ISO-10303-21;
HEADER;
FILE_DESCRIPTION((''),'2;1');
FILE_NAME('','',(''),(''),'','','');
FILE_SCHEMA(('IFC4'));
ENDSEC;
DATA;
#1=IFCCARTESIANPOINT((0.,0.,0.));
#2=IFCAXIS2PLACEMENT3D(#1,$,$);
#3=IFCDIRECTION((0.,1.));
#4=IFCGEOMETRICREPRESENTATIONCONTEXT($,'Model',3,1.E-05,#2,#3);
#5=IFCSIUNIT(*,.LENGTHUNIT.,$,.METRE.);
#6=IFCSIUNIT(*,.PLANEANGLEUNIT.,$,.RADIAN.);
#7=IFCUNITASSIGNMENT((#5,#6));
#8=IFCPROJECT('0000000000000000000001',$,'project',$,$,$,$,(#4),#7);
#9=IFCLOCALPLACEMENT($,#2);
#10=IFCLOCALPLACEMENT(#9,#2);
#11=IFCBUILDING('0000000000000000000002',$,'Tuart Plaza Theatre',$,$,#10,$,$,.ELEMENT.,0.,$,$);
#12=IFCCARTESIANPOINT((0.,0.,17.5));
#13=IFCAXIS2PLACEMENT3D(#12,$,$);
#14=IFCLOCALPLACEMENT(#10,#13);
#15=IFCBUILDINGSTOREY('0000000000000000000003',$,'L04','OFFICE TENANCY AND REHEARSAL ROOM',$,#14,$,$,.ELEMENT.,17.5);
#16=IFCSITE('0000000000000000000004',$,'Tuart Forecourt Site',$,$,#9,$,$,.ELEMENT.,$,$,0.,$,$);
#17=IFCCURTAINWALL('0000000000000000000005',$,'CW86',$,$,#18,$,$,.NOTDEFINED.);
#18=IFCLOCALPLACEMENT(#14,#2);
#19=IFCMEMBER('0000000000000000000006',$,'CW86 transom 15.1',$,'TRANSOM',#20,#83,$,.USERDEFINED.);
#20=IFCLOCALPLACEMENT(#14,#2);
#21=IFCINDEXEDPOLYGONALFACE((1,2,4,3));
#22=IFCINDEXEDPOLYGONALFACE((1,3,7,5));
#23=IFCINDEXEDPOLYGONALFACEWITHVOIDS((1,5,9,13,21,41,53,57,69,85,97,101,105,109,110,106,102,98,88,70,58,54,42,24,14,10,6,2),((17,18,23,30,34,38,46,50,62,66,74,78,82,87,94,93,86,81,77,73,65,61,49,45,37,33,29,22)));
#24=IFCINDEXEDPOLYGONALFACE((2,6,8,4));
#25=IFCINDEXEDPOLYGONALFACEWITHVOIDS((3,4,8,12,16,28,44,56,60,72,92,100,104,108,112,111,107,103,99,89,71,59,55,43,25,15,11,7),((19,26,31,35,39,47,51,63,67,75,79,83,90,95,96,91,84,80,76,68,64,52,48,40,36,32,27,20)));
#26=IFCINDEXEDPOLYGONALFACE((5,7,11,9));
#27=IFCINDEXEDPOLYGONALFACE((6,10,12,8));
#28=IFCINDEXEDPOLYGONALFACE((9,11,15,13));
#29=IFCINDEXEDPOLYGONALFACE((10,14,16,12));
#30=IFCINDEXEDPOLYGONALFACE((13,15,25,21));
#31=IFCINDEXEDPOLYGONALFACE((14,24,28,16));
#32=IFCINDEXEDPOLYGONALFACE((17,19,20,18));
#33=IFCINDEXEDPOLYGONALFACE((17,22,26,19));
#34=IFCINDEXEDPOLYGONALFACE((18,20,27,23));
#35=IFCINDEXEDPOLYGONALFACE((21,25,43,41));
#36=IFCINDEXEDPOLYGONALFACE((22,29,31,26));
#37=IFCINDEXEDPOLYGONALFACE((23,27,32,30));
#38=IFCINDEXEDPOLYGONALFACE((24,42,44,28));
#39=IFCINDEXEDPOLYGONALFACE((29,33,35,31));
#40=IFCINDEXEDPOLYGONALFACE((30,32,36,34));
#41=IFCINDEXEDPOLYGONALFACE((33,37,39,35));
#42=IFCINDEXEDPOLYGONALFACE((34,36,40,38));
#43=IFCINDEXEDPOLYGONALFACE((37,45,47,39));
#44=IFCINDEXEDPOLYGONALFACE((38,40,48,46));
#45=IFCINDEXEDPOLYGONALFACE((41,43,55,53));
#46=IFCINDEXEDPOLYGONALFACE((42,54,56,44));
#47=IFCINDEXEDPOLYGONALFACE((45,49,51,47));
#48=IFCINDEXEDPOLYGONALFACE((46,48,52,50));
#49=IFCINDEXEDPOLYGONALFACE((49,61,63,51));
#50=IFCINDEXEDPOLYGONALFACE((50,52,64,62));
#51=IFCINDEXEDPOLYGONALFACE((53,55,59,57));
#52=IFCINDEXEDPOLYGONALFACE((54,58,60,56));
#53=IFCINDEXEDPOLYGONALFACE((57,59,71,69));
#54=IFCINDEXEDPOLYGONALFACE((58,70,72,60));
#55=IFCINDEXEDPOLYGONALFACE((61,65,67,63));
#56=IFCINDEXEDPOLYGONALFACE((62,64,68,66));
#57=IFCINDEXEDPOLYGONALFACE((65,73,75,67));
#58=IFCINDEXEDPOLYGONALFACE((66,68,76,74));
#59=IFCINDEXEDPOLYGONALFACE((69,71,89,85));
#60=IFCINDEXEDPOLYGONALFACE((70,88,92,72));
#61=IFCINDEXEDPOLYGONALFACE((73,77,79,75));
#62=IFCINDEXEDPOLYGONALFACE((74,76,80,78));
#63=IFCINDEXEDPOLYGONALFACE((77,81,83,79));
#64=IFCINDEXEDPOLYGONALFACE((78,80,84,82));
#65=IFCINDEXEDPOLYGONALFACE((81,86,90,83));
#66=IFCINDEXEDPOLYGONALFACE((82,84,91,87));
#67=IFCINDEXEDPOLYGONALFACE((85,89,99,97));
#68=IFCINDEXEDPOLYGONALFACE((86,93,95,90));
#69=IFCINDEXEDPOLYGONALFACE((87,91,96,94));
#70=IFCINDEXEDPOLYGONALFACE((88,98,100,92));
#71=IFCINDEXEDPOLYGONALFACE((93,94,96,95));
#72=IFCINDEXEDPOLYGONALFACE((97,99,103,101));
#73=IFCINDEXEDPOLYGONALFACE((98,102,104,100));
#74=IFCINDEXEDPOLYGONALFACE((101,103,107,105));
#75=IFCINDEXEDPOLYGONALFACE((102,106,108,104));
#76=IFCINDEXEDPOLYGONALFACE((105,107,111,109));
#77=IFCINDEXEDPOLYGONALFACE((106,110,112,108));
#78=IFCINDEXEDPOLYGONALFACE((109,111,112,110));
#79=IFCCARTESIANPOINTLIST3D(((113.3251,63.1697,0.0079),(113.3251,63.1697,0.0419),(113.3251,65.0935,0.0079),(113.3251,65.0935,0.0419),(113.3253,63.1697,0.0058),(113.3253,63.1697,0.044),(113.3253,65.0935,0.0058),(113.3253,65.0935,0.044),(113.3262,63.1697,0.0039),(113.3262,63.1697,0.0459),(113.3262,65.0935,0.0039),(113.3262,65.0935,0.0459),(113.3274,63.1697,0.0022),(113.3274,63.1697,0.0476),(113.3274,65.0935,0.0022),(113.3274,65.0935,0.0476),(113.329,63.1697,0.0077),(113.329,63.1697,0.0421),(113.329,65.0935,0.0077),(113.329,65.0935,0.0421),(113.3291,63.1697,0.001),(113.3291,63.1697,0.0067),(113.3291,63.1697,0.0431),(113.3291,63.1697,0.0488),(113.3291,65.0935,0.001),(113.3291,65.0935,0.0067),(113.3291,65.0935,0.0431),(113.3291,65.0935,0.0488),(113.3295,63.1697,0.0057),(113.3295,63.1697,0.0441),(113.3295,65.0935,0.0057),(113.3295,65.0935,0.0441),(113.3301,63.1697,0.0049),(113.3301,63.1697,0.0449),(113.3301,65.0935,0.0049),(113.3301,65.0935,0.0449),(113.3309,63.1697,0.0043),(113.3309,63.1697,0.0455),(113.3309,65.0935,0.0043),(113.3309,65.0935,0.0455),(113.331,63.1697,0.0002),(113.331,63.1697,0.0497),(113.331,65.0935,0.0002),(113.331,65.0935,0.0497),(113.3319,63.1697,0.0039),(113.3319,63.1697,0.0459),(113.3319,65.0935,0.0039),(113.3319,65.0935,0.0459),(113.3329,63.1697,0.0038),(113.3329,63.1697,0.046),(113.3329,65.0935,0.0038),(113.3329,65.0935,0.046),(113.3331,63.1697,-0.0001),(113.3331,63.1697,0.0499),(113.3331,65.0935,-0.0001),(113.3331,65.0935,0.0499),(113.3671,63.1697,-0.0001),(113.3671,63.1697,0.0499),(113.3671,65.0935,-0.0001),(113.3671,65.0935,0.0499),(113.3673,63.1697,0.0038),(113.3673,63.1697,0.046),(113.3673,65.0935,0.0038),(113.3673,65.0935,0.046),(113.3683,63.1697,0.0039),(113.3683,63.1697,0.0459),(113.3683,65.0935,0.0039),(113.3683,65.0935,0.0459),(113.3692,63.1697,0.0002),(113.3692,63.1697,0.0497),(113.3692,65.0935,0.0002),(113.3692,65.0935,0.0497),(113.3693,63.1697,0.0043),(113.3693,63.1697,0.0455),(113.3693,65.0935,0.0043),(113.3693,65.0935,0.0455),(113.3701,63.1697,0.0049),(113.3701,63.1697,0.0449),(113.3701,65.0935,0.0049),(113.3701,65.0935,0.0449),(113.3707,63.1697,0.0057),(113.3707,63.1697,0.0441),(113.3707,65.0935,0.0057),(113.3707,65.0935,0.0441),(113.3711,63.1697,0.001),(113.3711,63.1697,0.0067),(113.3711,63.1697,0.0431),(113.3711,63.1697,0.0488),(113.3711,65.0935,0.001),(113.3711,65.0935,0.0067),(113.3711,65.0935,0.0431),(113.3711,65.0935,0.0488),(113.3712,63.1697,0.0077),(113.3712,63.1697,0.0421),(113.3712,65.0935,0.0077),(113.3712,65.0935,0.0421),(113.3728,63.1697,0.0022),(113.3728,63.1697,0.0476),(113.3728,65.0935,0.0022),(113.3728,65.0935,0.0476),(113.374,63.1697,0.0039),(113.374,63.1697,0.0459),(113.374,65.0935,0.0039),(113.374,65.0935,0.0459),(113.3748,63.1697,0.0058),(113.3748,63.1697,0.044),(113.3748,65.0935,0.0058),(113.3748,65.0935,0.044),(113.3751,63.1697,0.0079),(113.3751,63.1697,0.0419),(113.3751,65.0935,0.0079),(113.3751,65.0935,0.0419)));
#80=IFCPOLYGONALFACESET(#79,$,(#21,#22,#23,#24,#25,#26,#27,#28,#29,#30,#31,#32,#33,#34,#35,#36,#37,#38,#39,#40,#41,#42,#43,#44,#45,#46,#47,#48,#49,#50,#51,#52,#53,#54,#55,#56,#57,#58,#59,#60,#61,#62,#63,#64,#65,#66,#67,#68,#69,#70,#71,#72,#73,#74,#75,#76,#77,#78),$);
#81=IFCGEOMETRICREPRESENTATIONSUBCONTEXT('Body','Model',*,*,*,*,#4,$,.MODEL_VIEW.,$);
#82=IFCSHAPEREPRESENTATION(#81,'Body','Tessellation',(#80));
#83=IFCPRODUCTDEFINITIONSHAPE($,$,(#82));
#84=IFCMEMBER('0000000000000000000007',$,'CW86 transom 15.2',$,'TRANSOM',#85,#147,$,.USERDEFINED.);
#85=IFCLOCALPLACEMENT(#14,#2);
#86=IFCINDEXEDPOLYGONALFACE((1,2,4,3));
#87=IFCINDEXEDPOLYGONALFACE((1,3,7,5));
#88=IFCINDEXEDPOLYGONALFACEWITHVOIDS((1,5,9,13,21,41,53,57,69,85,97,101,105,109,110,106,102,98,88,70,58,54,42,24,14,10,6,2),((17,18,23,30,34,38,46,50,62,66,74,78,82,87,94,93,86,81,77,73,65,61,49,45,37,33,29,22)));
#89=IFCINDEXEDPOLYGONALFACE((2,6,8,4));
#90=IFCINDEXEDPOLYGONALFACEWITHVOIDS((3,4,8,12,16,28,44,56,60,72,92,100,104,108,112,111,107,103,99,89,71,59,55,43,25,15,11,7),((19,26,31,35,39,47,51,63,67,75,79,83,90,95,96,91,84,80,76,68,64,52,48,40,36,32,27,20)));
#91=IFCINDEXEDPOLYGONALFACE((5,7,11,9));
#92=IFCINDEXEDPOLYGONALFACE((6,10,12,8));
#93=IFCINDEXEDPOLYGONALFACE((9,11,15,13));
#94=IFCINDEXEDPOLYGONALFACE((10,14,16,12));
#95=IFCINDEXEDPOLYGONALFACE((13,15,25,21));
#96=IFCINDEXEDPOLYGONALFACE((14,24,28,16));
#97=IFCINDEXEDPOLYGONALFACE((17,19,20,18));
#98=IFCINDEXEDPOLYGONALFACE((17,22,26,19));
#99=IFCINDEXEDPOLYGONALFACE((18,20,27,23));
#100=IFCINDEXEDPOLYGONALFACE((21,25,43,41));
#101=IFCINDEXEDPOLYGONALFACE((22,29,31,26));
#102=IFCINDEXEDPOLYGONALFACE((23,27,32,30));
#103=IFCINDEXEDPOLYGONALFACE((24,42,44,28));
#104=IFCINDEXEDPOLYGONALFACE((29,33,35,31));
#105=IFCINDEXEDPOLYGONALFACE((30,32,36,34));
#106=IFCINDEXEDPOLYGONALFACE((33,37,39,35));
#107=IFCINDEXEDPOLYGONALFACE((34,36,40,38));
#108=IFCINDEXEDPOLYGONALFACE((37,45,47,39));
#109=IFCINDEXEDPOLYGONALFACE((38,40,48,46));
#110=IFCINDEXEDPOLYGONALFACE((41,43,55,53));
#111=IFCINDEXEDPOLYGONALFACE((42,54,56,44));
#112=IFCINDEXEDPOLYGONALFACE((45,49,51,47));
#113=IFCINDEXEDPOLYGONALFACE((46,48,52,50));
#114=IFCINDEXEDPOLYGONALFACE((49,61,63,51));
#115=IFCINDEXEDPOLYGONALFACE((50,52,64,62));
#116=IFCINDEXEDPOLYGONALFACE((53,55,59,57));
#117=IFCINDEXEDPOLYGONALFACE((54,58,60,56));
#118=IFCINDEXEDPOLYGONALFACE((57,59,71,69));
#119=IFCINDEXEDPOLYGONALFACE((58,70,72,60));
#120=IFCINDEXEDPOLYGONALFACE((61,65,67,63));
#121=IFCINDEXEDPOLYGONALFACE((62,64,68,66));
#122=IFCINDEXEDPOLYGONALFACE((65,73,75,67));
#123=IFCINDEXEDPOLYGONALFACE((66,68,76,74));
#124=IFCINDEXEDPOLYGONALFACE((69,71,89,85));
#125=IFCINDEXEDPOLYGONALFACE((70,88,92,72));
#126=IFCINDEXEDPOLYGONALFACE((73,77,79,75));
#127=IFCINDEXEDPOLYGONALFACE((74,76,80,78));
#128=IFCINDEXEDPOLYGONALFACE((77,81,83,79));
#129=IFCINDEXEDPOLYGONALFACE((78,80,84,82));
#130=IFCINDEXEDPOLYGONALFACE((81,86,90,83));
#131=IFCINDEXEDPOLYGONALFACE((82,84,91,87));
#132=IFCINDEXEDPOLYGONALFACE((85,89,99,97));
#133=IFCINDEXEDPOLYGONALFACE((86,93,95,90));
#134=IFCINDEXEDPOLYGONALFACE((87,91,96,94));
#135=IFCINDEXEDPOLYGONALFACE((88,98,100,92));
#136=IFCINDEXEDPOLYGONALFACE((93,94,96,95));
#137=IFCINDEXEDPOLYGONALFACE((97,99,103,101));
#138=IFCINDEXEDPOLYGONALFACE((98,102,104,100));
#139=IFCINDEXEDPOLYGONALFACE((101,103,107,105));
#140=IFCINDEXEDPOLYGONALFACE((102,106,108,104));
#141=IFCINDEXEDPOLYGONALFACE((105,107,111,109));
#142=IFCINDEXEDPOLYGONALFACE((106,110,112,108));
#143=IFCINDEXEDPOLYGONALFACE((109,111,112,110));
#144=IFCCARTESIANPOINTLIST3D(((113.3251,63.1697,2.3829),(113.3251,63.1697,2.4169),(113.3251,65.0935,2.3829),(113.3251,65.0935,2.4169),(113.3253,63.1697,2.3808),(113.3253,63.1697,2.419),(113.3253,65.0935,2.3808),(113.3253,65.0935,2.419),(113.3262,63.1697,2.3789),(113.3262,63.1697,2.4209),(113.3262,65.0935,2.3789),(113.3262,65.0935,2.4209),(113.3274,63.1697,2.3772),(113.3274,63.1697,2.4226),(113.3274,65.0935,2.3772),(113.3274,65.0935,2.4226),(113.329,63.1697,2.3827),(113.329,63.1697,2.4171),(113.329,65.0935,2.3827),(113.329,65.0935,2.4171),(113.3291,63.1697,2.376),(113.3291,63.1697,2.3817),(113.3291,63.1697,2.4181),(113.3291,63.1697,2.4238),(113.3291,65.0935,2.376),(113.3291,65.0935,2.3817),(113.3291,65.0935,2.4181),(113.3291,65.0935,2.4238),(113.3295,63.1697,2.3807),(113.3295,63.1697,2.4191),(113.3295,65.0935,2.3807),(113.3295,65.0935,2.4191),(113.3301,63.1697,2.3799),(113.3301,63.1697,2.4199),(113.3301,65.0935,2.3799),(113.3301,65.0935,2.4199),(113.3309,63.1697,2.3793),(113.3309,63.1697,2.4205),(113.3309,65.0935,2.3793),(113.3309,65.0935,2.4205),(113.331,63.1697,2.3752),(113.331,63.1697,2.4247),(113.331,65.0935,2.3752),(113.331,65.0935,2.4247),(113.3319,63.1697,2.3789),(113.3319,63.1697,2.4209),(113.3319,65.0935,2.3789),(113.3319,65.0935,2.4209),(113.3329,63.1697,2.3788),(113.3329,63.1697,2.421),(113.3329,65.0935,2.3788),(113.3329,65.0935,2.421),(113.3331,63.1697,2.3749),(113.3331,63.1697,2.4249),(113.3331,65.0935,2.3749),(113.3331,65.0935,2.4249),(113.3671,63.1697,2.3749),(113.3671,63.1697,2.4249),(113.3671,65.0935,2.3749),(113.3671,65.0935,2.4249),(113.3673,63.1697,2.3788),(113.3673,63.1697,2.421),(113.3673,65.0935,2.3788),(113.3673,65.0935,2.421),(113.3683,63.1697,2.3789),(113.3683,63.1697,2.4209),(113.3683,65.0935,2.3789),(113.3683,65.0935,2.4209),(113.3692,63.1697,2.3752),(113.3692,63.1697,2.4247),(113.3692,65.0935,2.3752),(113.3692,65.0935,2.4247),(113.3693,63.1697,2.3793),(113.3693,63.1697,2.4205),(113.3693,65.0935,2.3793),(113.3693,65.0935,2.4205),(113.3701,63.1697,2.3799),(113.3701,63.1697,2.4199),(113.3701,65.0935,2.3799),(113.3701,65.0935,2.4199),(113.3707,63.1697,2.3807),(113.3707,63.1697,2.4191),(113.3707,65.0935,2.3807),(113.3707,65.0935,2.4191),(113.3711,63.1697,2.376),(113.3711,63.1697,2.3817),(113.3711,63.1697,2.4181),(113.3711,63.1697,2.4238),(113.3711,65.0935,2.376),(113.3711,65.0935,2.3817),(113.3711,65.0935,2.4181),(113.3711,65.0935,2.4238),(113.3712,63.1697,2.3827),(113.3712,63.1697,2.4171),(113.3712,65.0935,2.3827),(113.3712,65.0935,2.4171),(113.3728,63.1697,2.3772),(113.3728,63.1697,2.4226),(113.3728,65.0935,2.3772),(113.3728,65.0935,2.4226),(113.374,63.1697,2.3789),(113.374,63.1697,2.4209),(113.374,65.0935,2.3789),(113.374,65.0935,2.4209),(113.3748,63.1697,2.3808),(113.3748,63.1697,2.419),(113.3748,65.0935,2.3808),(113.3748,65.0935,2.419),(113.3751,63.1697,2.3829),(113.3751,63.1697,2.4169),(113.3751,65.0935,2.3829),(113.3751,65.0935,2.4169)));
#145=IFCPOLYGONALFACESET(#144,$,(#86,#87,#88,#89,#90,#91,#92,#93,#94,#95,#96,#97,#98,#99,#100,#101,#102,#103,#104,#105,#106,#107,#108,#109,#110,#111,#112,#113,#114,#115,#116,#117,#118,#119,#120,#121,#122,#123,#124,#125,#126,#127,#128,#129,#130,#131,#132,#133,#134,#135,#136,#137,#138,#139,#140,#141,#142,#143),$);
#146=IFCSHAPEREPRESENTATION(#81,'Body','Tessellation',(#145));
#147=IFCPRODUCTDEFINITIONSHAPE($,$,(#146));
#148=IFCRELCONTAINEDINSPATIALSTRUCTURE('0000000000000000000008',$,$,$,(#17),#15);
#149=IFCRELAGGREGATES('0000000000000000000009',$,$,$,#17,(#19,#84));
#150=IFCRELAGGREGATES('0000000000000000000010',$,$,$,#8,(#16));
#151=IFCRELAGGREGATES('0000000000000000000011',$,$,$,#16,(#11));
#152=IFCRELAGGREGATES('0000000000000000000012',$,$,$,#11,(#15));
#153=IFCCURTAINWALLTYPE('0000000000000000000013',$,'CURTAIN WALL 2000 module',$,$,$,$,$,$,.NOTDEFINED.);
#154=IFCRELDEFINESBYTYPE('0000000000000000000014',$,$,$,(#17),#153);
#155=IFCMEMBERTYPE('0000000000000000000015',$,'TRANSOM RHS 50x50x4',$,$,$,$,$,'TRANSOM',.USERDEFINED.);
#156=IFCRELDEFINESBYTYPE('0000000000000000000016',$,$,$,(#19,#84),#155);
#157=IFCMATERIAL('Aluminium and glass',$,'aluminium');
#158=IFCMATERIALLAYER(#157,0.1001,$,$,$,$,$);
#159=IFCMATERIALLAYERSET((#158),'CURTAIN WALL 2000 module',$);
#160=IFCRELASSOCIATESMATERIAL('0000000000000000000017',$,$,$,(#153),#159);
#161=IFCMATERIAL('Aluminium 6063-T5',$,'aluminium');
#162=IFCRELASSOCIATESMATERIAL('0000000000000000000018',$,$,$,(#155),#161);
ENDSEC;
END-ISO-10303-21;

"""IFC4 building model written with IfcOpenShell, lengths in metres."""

from ifc_helpers import new_model, si_unit, direction, frame, origin, origin_2d, place, context, subcontext, project, spatial, hollow_rectangle, extrude, material, layer, layer_set, material_profile, profile_set, type_object, element, aggregate, save


model = new_model("IFC4")

# Units and contexts
model_context = context("Model", 3, precision=1e-05, world=origin(), true_north=direction((0.0, 1.0)))
body_context = subcontext(model_context, "Body", "Model", "MODEL_VIEW")
ifc_project = project(units=[si_unit("LENGTHUNIT", "METRE"), si_unit("PLANEANGLEUNIT", "RADIAN")], contexts=[model_context])

# Site, building, storey
site_placement = place(None, origin())
site = spatial("IfcSite", under=ifc_project, at=site_placement, Name="Tuart Forecourt Site", CompositionType="ELEMENT", RefElevation=0.0)
building_placement = place(site_placement, origin())
building = spatial("IfcBuilding", under=site, at=building_placement, Name="Tuart Plaza Theatre", CompositionType="ELEMENT", ElevationOfRefHeight=0.0)
storey_placement = place(building_placement, frame((0.0, 0.0, 17.5)))
storey = spatial("IfcBuildingStorey", under=building, at=storey_placement, Name="L04", Description="OFFICE TENANCY AND REHEARSAL ROOM", CompositionType="ELEMENT", Elevation=17.5)

# Curtain wall, members
ifc_material_1 = material(Name="Aluminium and glass", Category="aluminium")
ifc_layer_1 = layer(ifc_material_1, 0.1001)
ifc_layer_set_1 = layer_set([ifc_layer_1], Name="CURTAIN WALL 2000 module")
curtain_wall_type = type_object("IfcCurtainWallType", Name="CURTAIN WALL 2000 module", PredefinedType="NOTDEFINED", material=ifc_layer_set_1)
curtain_wall_placement = place(storey_placement, origin())
curtain_wall = element("IfcCurtainWall", 1, at=curtain_wall_placement, inside=storey, type_object=curtain_wall_type, Name="CW86", PredefinedType="NOTDEFINED")
ifc_material_2 = material(Name="Aluminium 6063-T5", Category="aluminium")
ifc_material_profile_1 = material_profile(ifc_material_2, hollow_rectangle(XDim=0.05, YDim=0.05, WallThickness=0.0039, InnerFilletRadius=0.0039, OuterFilletRadius=0.0081, at=origin_2d()), Name="RHS 50x50x4")
ifc_profile_set_1 = profile_set([ifc_material_profile_1], Name="Aluminium 6063-T5")
member_type_1 = type_object("IfcMemberType", Name="TRANSOM RHS 50x50x4", ElementType="TRANSOM", PredefinedType="USERDEFINED", material=ifc_profile_set_1)
member_1_placement = place(storey_placement, frame((113.3501, 65.0935, 0.0249), z_axis=(0.0, -1.0, 0.0), x_axis=(1.0, 0.0, 0.0)))
member_1 = element("IfcMember", 2, at=member_1_placement, type_object=member_type_1, Name="CW86 transom 15.1", ObjectType="TRANSOM", PredefinedType="USERDEFINED", context=body_context, shape_type="SweptSolid", body=[
    extrude(hollow_rectangle(XDim=0.05, YDim=0.05, WallThickness=0.0039, InnerFilletRadius=0.0039, OuterFilletRadius=0.0081, at=origin_2d()), origin(), (0.0, 0.0, 1.0), 1.9238),
])
member_2_placement = place(storey_placement, frame((113.3501, 65.0935, 2.3999), z_axis=(0.0, -1.0, 0.0), x_axis=(1.0, 0.0, 0.0)))
member_2 = element("IfcMember", 3, at=member_2_placement, type_object=member_type_1, Name="CW86 transom 15.2", ObjectType="TRANSOM", PredefinedType="USERDEFINED", context=body_context, shape_type="SweptSolid", body=[
    extrude(hollow_rectangle(XDim=0.05, YDim=0.05, WallThickness=0.0039, InnerFilletRadius=0.0039, OuterFilletRadius=0.0081, at=origin_2d()), origin(), (0.0, 0.0, 1.0), 1.9238),
])
aggregate(curtain_wall, [member_1, member_2])

save(model, "model.ifc")
